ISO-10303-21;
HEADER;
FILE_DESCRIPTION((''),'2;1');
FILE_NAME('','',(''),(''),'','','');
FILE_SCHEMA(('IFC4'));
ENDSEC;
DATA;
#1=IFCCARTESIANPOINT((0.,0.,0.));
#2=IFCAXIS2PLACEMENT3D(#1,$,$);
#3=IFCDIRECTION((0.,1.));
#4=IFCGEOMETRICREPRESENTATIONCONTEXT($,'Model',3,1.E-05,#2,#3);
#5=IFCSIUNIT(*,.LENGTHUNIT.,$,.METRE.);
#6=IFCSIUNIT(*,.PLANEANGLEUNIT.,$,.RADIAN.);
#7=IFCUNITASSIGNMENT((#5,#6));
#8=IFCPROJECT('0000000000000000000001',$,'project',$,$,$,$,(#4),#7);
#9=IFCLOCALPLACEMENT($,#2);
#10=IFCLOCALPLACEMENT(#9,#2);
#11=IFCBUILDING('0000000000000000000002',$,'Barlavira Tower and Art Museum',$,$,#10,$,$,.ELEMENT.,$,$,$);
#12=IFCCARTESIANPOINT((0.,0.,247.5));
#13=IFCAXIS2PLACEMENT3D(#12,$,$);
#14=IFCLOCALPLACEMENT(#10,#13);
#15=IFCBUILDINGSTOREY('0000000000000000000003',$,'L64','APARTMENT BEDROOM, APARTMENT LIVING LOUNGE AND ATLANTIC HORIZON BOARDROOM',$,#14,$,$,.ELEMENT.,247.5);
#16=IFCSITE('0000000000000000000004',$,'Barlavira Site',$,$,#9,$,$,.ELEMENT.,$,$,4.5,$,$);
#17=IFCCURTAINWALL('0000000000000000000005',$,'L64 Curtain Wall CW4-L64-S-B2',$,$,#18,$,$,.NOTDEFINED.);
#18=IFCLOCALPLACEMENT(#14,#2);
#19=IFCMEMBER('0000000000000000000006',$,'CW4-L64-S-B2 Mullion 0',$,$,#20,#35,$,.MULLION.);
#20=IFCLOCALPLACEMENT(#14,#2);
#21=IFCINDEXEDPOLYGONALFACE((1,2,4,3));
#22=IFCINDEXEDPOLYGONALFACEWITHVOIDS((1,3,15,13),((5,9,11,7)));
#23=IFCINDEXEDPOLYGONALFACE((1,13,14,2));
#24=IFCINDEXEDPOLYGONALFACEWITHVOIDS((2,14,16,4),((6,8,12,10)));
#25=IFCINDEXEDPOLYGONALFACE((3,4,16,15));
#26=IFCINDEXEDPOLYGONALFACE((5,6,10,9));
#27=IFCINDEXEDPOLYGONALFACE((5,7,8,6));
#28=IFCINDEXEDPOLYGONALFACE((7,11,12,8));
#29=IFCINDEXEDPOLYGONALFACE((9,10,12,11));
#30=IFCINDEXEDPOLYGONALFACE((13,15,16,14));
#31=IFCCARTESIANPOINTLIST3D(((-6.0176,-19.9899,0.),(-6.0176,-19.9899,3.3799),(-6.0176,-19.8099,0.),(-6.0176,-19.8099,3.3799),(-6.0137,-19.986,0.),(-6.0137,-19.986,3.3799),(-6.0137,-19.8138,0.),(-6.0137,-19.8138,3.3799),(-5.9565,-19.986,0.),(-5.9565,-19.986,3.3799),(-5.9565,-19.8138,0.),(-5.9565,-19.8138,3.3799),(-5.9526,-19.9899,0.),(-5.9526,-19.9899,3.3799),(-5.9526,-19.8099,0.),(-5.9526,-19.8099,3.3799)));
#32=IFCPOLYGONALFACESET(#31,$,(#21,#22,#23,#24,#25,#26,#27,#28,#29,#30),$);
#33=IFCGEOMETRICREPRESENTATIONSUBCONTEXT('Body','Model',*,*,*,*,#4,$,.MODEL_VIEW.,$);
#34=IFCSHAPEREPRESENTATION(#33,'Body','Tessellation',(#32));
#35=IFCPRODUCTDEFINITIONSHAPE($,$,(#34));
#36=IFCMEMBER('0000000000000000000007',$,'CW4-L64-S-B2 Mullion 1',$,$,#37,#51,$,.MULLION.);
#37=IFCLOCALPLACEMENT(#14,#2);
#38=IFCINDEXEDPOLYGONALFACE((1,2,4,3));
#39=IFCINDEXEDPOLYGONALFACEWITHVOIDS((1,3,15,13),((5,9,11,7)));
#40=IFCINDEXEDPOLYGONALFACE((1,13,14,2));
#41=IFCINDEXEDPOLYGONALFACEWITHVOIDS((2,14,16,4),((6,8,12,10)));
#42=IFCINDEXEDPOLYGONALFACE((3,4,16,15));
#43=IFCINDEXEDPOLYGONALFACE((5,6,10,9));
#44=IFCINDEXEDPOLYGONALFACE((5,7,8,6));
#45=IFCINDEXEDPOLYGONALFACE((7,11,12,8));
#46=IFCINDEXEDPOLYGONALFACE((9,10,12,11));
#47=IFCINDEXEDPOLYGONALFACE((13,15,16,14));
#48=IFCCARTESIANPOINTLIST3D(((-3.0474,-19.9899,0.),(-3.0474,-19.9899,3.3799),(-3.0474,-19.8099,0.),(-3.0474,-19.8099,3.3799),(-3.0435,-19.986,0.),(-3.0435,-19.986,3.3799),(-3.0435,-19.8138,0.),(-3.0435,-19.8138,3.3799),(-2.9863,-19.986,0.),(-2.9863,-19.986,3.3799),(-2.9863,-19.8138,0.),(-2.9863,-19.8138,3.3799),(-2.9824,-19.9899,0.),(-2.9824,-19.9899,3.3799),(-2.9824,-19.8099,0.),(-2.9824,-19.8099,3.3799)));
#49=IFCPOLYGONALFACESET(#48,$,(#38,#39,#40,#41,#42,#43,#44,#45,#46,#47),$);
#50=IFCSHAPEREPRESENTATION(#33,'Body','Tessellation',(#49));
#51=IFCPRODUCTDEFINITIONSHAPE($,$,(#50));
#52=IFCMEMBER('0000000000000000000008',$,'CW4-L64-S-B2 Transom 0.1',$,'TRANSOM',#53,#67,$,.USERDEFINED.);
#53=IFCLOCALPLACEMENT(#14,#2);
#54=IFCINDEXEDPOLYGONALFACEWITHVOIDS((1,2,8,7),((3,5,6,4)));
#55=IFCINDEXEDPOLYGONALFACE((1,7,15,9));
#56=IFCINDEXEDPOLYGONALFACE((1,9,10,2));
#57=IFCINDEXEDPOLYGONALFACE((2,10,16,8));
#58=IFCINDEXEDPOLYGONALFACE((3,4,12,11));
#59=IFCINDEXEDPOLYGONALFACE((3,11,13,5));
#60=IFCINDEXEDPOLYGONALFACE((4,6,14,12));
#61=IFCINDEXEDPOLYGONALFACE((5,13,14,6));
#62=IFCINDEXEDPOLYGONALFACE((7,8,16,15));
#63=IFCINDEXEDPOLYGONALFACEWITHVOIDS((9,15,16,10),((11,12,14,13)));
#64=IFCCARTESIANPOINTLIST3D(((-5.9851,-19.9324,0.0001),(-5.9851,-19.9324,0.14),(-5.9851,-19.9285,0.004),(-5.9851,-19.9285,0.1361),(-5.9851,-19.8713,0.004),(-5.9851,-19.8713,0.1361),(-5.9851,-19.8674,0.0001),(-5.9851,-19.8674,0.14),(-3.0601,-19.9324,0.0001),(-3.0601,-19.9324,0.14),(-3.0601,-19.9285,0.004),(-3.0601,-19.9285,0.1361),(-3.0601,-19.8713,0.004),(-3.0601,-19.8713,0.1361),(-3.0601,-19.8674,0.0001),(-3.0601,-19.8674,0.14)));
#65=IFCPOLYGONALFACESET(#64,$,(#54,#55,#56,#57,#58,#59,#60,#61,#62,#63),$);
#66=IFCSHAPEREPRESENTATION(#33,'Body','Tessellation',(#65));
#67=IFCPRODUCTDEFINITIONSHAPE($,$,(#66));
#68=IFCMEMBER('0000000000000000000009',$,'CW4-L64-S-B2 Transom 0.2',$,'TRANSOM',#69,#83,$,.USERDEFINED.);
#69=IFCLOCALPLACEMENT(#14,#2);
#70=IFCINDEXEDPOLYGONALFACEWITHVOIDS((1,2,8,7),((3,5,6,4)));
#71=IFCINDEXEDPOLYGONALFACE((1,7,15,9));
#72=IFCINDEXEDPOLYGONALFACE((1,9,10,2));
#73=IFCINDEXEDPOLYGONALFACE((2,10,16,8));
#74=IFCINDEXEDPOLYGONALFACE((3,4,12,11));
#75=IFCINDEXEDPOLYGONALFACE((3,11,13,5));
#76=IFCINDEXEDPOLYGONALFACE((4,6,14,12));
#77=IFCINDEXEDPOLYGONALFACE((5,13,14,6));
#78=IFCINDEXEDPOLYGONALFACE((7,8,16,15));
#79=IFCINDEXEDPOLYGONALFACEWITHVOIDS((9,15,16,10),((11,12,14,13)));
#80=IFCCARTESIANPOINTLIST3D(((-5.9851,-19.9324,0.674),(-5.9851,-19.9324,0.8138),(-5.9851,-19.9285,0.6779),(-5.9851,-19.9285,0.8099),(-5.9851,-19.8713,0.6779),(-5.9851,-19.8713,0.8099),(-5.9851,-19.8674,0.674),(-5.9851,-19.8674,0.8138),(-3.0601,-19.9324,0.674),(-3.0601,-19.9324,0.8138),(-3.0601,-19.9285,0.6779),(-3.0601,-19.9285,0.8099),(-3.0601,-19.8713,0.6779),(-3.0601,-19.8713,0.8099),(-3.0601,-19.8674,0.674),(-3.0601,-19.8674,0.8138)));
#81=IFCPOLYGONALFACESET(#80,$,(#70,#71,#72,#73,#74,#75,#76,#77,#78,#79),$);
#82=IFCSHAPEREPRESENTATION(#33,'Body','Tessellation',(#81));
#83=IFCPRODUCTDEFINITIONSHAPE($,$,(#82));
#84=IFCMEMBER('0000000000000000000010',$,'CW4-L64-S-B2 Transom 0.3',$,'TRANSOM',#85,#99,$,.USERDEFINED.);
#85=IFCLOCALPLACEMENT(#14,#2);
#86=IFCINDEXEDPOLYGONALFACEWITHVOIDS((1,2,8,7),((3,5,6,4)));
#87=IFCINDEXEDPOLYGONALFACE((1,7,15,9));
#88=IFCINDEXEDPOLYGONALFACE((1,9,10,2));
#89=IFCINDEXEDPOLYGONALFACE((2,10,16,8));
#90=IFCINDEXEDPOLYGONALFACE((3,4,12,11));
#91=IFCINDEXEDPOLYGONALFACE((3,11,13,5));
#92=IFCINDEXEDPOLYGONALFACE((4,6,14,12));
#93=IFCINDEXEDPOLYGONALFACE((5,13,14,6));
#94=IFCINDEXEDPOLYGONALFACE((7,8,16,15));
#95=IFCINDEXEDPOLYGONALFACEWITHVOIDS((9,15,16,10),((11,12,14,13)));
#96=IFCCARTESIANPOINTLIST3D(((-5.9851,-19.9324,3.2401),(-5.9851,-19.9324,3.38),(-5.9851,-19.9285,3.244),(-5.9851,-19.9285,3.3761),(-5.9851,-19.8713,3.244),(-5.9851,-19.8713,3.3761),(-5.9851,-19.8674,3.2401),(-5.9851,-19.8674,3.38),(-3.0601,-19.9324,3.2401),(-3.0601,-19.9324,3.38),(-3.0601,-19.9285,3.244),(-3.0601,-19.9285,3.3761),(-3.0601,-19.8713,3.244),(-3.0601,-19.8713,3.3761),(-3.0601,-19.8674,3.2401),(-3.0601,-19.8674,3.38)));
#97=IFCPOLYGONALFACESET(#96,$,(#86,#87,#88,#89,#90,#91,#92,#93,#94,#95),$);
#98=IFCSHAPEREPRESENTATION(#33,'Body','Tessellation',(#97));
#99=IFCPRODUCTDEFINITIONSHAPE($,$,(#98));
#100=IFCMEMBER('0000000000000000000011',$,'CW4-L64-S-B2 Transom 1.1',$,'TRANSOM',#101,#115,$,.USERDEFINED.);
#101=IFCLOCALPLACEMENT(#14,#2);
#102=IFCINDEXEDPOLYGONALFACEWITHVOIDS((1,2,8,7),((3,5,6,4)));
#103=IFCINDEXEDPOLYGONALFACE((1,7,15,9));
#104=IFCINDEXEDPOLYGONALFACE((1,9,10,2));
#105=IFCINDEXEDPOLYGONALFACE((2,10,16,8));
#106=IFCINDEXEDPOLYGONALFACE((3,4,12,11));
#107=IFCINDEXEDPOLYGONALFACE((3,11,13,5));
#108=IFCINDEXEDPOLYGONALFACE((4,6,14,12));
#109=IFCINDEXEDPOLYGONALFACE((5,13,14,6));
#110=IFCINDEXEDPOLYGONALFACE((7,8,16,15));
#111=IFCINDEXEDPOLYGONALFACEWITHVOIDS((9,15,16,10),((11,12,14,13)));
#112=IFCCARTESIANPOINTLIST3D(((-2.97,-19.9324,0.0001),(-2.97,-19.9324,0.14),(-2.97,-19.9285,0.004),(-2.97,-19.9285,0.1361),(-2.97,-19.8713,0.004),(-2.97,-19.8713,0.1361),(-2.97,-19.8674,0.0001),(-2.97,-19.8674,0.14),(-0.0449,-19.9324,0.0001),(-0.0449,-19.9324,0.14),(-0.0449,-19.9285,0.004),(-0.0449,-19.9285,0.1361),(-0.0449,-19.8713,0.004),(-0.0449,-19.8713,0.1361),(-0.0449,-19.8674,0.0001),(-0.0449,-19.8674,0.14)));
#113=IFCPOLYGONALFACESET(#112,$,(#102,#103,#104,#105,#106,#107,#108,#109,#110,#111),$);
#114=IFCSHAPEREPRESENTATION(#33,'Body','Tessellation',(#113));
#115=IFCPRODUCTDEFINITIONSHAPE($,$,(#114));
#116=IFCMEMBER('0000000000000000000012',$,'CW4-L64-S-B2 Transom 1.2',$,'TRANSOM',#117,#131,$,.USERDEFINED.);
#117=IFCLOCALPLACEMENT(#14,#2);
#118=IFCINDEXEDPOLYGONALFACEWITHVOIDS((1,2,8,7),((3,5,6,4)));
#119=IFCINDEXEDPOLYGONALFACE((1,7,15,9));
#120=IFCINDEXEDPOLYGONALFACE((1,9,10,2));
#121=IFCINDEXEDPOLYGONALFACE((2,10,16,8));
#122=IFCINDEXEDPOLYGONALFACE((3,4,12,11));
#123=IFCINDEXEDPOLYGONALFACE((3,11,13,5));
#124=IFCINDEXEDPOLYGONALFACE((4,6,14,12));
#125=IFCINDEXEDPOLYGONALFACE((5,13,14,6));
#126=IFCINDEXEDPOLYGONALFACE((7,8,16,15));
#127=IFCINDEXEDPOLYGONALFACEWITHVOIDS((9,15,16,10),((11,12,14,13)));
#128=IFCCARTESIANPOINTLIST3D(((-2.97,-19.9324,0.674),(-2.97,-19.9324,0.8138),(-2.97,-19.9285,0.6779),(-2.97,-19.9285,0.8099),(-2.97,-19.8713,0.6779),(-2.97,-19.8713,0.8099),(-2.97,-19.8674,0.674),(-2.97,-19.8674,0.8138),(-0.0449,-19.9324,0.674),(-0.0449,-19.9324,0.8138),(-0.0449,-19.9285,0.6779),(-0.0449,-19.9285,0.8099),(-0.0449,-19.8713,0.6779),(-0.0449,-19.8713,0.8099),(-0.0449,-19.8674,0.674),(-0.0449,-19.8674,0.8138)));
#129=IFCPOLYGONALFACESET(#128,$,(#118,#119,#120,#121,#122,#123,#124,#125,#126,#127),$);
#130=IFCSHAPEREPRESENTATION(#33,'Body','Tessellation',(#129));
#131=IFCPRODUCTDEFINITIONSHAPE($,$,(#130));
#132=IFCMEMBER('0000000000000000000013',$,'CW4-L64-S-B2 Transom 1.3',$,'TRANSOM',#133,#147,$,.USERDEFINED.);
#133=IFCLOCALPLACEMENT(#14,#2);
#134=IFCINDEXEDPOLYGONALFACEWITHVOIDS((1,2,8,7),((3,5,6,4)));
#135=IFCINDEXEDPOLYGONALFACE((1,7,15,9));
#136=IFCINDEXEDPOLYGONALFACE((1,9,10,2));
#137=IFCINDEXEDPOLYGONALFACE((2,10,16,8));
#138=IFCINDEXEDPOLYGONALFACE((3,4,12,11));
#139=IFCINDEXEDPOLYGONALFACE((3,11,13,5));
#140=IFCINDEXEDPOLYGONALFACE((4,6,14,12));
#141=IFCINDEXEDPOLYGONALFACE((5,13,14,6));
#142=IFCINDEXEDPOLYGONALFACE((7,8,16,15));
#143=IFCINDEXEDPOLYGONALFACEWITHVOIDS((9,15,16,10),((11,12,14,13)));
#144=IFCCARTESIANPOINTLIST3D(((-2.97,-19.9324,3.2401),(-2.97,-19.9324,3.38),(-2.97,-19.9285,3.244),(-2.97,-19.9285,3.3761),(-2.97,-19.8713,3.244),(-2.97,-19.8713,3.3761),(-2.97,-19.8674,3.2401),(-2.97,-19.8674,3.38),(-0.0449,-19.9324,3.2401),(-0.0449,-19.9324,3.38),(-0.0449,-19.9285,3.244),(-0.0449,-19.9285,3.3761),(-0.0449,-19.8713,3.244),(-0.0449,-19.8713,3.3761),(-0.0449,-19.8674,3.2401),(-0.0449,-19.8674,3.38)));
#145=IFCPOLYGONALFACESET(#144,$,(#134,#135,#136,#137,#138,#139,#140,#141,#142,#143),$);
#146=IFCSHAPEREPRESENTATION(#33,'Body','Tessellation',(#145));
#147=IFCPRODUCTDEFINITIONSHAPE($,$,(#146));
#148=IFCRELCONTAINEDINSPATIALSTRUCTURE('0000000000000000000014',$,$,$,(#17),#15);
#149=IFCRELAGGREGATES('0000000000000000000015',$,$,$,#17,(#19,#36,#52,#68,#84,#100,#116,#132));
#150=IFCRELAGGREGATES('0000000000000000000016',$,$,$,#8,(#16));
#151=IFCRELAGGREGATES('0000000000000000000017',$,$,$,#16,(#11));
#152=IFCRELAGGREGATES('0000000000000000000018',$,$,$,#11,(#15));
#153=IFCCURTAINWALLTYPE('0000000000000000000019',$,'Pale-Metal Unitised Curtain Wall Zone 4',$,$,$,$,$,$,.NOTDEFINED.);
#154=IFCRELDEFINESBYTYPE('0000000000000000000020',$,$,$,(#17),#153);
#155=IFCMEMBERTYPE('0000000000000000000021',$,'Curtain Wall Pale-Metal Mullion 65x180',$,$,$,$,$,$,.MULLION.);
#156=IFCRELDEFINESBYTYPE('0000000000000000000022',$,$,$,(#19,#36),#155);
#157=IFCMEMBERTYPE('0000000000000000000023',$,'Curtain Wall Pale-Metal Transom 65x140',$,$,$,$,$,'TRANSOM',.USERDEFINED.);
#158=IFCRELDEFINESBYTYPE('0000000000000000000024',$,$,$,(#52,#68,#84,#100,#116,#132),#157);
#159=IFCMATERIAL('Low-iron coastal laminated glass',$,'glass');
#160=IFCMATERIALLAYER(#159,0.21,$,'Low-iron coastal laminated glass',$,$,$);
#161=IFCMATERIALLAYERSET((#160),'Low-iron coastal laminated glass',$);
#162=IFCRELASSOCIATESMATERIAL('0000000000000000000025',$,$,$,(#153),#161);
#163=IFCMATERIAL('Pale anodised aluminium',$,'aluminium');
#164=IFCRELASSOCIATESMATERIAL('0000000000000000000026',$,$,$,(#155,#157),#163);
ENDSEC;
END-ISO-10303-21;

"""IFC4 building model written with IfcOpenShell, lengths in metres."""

from ifc_helpers import new_model, si_unit, direction, frame, origin, origin_2d, place, context, subcontext, project, spatial, hollow_rectangle, extrude, material, layer, layer_set, material_profile, profile_set, type_object, element, aggregate, save


model = new_model("IFC4")

# Units and contexts
model_context = context("Model", 3, precision=1e-05, world=origin(), true_north=direction((0.0, 1.0)))
body_context = subcontext(model_context, "Body", "Model", "MODEL_VIEW")
ifc_project = project(units=[si_unit("LENGTHUNIT", "METRE"), si_unit("PLANEANGLEUNIT", "RADIAN")], contexts=[model_context])

# Site, building, storey
site_placement = place(None, origin())
site = spatial("IfcSite", under=ifc_project, at=site_placement, Name="Barlavira Site", CompositionType="ELEMENT", RefElevation=4.5)
building_placement = place(site_placement, origin())
building = spatial("IfcBuilding", under=site, at=building_placement, Name="Barlavira Tower and Art Museum", CompositionType="ELEMENT")
storey_placement = place(building_placement, frame((0.0, 0.0, 247.5)))
storey = spatial("IfcBuildingStorey", under=building, at=storey_placement, Name="L64", Description="APARTMENT BEDROOM, APARTMENT LIVING LOUNGE AND ATLANTIC HORIZON BOARDROOM", CompositionType="ELEMENT", Elevation=247.5)

# Curtain wall, members
ifc_material_1 = material(Name="Low-iron coastal laminated glass", Category="glass")
ifc_layer_1 = layer(ifc_material_1, 0.21, Name="Low-iron coastal laminated glass")
ifc_layer_set_1 = layer_set([ifc_layer_1], Name="Low-iron coastal laminated glass")
curtain_wall_type = type_object("IfcCurtainWallType", Name="Pale-Metal Unitised Curtain Wall Zone 4", PredefinedType="NOTDEFINED", material=ifc_layer_set_1)
curtain_wall_placement = place(storey_placement, origin())
curtain_wall = element("IfcCurtainWall", 1, at=curtain_wall_placement, inside=storey, type_object=curtain_wall_type, Name="L64 Curtain Wall CW4-L64-S-B2", PredefinedType="NOTDEFINED")
ifc_material_2 = material(Name="Pale anodised aluminium", Category="aluminium")
ifc_material_profile_1 = material_profile(ifc_material_2, hollow_rectangle(XDim=0.0649, YDim=0.1799, WallThickness=0.0039, at=origin_2d()), Name="ALU-MULL 65x180x4")
ifc_profile_set_1 = profile_set([ifc_material_profile_1], Name="Pale anodised aluminium")
member_type_1 = type_object("IfcMemberType", Name="Curtain Wall Pale-Metal Mullion 65x180", PredefinedType="MULLION", material=ifc_profile_set_1)
member_1_placement = place(storey_placement, frame((-5.9851, -19.8999, 0.0), z_axis=(0.0, 0.0, 1.0), x_axis=(1.0, 0.0, 0.0)))
member_1 = element("IfcMember", 2, at=member_1_placement, type_object=member_type_1, Name="CW4-L64-S-B2 Mullion 0", PredefinedType="MULLION", context=body_context, shape_type="SweptSolid", body=[
    extrude(hollow_rectangle(XDim=0.0649, YDim=0.1799, WallThickness=0.0039, at=origin_2d()), origin(), (0.0, 0.0, 1.0), 3.3799),
])
member_2_placement = place(storey_placement, frame((-3.0149, -19.8999, 0.0), z_axis=(0.0, 0.0, 1.0), x_axis=(1.0, 0.0, 0.0)))
member_2 = element("IfcMember", 3, at=member_2_placement, type_object=member_type_1, Name="CW4-L64-S-B2 Mullion 1", PredefinedType="MULLION", context=body_context, shape_type="SweptSolid", body=[
    extrude(hollow_rectangle(XDim=0.0649, YDim=0.1799, WallThickness=0.0039, at=origin_2d()), origin(), (0.0, 0.0, 1.0), 3.3799),
])
ifc_material_profile_2 = material_profile(ifc_material_2, hollow_rectangle(XDim=0.0649, YDim=0.1399, WallThickness=0.0039, at=origin_2d()), Name="ALU-TRAN 65x140x4")
ifc_profile_set_2 = profile_set([ifc_material_profile_2], Name="Pale anodised aluminium")
member_type_2 = type_object("IfcMemberType", Name="Curtain Wall Pale-Metal Transom 65x140", ElementType="TRANSOM", PredefinedType="USERDEFINED", material=ifc_profile_set_2)
member_3_placement = place(storey_placement, frame((-5.9851, -19.8999, 0.0701), z_axis=(1.0, 0.0, 0.0), x_axis=(0.0, 1.0, 0.0)))
member_3 = element("IfcMember", 4, at=member_3_placement, type_object=member_type_2, Name="CW4-L64-S-B2 Transom 0.1", ObjectType="TRANSOM", PredefinedType="USERDEFINED", context=body_context, shape_type="SweptSolid", body=[
    extrude(hollow_rectangle(XDim=0.0649, YDim=0.1399, WallThickness=0.0039, at=origin_2d()), origin(), (0.0, 0.0, 1.0), 2.925),
])
member_4_placement = place(storey_placement, frame((-5.9851, -19.8999, 0.7439), z_axis=(1.0, 0.0, 0.0), x_axis=(0.0, 1.0, 0.0)))
member_4 = element("IfcMember", 5, at=member_4_placement, type_object=member_type_2, Name="CW4-L64-S-B2 Transom 0.2", ObjectType="TRANSOM", PredefinedType="USERDEFINED", context=body_context, shape_type="SweptSolid", body=[
    extrude(hollow_rectangle(XDim=0.0649, YDim=0.1399, WallThickness=0.0039, at=origin_2d()), origin(), (0.0, 0.0, 1.0), 2.925),
])
member_5_placement = place(storey_placement, frame((-5.9851, -19.8999, 3.3101), z_axis=(1.0, 0.0, 0.0), x_axis=(0.0, 1.0, 0.0)))
member_5 = element("IfcMember", 6, at=member_5_placement, type_object=member_type_2, Name="CW4-L64-S-B2 Transom 0.3", ObjectType="TRANSOM", PredefinedType="USERDEFINED", context=body_context, shape_type="SweptSolid", body=[
    extrude(hollow_rectangle(XDim=0.0649, YDim=0.1399, WallThickness=0.0039, at=origin_2d()), origin(), (0.0, 0.0, 1.0), 2.925),
])
member_6_placement = place(storey_placement, frame((-2.97, -19.8999, 0.0701), z_axis=(1.0, 0.0, 0.0), x_axis=(0.0, 1.0, 0.0)))
member_6 = element("IfcMember", 7, at=member_6_placement, type_object=member_type_2, Name="CW4-L64-S-B2 Transom 1.1", ObjectType="TRANSOM", PredefinedType="USERDEFINED", context=body_context, shape_type="SweptSolid", body=[
    extrude(hollow_rectangle(XDim=0.0649, YDim=0.1399, WallThickness=0.0039, at=origin_2d()), origin(), (0.0, 0.0, 1.0), 2.925),
])
member_7_placement = place(storey_placement, frame((-2.97, -19.8999, 0.7439), z_axis=(1.0, 0.0, 0.0), x_axis=(0.0, 1.0, 0.0)))
member_7 = element("IfcMember", 8, at=member_7_placement, type_object=member_type_2, Name="CW4-L64-S-B2 Transom 1.2", ObjectType="TRANSOM", PredefinedType="USERDEFINED", context=body_context, shape_type="SweptSolid", body=[
    extrude(hollow_rectangle(XDim=0.0649, YDim=0.1399, WallThickness=0.0039, at=origin_2d()), origin(), (0.0, 0.0, 1.0), 2.925),
])
member_8_placement = place(storey_placement, frame((-2.97, -19.8999, 3.3101), z_axis=(1.0, 0.0, 0.0), x_axis=(0.0, 1.0, 0.0)))
member_8 = element("IfcMember", 9, at=member_8_placement, type_object=member_type_2, Name="CW4-L64-S-B2 Transom 1.3", ObjectType="TRANSOM", PredefinedType="USERDEFINED", context=body_context, shape_type="SweptSolid", body=[
    extrude(hollow_rectangle(XDim=0.0649, YDim=0.1399, WallThickness=0.0039, at=origin_2d()), origin(), (0.0, 0.0, 1.0), 2.925),
])

aggregate(curtain_wall, [member_1, member_2, member_3, member_4, member_5, member_6, member_7, member_8])

save(model, "model.ifc")
